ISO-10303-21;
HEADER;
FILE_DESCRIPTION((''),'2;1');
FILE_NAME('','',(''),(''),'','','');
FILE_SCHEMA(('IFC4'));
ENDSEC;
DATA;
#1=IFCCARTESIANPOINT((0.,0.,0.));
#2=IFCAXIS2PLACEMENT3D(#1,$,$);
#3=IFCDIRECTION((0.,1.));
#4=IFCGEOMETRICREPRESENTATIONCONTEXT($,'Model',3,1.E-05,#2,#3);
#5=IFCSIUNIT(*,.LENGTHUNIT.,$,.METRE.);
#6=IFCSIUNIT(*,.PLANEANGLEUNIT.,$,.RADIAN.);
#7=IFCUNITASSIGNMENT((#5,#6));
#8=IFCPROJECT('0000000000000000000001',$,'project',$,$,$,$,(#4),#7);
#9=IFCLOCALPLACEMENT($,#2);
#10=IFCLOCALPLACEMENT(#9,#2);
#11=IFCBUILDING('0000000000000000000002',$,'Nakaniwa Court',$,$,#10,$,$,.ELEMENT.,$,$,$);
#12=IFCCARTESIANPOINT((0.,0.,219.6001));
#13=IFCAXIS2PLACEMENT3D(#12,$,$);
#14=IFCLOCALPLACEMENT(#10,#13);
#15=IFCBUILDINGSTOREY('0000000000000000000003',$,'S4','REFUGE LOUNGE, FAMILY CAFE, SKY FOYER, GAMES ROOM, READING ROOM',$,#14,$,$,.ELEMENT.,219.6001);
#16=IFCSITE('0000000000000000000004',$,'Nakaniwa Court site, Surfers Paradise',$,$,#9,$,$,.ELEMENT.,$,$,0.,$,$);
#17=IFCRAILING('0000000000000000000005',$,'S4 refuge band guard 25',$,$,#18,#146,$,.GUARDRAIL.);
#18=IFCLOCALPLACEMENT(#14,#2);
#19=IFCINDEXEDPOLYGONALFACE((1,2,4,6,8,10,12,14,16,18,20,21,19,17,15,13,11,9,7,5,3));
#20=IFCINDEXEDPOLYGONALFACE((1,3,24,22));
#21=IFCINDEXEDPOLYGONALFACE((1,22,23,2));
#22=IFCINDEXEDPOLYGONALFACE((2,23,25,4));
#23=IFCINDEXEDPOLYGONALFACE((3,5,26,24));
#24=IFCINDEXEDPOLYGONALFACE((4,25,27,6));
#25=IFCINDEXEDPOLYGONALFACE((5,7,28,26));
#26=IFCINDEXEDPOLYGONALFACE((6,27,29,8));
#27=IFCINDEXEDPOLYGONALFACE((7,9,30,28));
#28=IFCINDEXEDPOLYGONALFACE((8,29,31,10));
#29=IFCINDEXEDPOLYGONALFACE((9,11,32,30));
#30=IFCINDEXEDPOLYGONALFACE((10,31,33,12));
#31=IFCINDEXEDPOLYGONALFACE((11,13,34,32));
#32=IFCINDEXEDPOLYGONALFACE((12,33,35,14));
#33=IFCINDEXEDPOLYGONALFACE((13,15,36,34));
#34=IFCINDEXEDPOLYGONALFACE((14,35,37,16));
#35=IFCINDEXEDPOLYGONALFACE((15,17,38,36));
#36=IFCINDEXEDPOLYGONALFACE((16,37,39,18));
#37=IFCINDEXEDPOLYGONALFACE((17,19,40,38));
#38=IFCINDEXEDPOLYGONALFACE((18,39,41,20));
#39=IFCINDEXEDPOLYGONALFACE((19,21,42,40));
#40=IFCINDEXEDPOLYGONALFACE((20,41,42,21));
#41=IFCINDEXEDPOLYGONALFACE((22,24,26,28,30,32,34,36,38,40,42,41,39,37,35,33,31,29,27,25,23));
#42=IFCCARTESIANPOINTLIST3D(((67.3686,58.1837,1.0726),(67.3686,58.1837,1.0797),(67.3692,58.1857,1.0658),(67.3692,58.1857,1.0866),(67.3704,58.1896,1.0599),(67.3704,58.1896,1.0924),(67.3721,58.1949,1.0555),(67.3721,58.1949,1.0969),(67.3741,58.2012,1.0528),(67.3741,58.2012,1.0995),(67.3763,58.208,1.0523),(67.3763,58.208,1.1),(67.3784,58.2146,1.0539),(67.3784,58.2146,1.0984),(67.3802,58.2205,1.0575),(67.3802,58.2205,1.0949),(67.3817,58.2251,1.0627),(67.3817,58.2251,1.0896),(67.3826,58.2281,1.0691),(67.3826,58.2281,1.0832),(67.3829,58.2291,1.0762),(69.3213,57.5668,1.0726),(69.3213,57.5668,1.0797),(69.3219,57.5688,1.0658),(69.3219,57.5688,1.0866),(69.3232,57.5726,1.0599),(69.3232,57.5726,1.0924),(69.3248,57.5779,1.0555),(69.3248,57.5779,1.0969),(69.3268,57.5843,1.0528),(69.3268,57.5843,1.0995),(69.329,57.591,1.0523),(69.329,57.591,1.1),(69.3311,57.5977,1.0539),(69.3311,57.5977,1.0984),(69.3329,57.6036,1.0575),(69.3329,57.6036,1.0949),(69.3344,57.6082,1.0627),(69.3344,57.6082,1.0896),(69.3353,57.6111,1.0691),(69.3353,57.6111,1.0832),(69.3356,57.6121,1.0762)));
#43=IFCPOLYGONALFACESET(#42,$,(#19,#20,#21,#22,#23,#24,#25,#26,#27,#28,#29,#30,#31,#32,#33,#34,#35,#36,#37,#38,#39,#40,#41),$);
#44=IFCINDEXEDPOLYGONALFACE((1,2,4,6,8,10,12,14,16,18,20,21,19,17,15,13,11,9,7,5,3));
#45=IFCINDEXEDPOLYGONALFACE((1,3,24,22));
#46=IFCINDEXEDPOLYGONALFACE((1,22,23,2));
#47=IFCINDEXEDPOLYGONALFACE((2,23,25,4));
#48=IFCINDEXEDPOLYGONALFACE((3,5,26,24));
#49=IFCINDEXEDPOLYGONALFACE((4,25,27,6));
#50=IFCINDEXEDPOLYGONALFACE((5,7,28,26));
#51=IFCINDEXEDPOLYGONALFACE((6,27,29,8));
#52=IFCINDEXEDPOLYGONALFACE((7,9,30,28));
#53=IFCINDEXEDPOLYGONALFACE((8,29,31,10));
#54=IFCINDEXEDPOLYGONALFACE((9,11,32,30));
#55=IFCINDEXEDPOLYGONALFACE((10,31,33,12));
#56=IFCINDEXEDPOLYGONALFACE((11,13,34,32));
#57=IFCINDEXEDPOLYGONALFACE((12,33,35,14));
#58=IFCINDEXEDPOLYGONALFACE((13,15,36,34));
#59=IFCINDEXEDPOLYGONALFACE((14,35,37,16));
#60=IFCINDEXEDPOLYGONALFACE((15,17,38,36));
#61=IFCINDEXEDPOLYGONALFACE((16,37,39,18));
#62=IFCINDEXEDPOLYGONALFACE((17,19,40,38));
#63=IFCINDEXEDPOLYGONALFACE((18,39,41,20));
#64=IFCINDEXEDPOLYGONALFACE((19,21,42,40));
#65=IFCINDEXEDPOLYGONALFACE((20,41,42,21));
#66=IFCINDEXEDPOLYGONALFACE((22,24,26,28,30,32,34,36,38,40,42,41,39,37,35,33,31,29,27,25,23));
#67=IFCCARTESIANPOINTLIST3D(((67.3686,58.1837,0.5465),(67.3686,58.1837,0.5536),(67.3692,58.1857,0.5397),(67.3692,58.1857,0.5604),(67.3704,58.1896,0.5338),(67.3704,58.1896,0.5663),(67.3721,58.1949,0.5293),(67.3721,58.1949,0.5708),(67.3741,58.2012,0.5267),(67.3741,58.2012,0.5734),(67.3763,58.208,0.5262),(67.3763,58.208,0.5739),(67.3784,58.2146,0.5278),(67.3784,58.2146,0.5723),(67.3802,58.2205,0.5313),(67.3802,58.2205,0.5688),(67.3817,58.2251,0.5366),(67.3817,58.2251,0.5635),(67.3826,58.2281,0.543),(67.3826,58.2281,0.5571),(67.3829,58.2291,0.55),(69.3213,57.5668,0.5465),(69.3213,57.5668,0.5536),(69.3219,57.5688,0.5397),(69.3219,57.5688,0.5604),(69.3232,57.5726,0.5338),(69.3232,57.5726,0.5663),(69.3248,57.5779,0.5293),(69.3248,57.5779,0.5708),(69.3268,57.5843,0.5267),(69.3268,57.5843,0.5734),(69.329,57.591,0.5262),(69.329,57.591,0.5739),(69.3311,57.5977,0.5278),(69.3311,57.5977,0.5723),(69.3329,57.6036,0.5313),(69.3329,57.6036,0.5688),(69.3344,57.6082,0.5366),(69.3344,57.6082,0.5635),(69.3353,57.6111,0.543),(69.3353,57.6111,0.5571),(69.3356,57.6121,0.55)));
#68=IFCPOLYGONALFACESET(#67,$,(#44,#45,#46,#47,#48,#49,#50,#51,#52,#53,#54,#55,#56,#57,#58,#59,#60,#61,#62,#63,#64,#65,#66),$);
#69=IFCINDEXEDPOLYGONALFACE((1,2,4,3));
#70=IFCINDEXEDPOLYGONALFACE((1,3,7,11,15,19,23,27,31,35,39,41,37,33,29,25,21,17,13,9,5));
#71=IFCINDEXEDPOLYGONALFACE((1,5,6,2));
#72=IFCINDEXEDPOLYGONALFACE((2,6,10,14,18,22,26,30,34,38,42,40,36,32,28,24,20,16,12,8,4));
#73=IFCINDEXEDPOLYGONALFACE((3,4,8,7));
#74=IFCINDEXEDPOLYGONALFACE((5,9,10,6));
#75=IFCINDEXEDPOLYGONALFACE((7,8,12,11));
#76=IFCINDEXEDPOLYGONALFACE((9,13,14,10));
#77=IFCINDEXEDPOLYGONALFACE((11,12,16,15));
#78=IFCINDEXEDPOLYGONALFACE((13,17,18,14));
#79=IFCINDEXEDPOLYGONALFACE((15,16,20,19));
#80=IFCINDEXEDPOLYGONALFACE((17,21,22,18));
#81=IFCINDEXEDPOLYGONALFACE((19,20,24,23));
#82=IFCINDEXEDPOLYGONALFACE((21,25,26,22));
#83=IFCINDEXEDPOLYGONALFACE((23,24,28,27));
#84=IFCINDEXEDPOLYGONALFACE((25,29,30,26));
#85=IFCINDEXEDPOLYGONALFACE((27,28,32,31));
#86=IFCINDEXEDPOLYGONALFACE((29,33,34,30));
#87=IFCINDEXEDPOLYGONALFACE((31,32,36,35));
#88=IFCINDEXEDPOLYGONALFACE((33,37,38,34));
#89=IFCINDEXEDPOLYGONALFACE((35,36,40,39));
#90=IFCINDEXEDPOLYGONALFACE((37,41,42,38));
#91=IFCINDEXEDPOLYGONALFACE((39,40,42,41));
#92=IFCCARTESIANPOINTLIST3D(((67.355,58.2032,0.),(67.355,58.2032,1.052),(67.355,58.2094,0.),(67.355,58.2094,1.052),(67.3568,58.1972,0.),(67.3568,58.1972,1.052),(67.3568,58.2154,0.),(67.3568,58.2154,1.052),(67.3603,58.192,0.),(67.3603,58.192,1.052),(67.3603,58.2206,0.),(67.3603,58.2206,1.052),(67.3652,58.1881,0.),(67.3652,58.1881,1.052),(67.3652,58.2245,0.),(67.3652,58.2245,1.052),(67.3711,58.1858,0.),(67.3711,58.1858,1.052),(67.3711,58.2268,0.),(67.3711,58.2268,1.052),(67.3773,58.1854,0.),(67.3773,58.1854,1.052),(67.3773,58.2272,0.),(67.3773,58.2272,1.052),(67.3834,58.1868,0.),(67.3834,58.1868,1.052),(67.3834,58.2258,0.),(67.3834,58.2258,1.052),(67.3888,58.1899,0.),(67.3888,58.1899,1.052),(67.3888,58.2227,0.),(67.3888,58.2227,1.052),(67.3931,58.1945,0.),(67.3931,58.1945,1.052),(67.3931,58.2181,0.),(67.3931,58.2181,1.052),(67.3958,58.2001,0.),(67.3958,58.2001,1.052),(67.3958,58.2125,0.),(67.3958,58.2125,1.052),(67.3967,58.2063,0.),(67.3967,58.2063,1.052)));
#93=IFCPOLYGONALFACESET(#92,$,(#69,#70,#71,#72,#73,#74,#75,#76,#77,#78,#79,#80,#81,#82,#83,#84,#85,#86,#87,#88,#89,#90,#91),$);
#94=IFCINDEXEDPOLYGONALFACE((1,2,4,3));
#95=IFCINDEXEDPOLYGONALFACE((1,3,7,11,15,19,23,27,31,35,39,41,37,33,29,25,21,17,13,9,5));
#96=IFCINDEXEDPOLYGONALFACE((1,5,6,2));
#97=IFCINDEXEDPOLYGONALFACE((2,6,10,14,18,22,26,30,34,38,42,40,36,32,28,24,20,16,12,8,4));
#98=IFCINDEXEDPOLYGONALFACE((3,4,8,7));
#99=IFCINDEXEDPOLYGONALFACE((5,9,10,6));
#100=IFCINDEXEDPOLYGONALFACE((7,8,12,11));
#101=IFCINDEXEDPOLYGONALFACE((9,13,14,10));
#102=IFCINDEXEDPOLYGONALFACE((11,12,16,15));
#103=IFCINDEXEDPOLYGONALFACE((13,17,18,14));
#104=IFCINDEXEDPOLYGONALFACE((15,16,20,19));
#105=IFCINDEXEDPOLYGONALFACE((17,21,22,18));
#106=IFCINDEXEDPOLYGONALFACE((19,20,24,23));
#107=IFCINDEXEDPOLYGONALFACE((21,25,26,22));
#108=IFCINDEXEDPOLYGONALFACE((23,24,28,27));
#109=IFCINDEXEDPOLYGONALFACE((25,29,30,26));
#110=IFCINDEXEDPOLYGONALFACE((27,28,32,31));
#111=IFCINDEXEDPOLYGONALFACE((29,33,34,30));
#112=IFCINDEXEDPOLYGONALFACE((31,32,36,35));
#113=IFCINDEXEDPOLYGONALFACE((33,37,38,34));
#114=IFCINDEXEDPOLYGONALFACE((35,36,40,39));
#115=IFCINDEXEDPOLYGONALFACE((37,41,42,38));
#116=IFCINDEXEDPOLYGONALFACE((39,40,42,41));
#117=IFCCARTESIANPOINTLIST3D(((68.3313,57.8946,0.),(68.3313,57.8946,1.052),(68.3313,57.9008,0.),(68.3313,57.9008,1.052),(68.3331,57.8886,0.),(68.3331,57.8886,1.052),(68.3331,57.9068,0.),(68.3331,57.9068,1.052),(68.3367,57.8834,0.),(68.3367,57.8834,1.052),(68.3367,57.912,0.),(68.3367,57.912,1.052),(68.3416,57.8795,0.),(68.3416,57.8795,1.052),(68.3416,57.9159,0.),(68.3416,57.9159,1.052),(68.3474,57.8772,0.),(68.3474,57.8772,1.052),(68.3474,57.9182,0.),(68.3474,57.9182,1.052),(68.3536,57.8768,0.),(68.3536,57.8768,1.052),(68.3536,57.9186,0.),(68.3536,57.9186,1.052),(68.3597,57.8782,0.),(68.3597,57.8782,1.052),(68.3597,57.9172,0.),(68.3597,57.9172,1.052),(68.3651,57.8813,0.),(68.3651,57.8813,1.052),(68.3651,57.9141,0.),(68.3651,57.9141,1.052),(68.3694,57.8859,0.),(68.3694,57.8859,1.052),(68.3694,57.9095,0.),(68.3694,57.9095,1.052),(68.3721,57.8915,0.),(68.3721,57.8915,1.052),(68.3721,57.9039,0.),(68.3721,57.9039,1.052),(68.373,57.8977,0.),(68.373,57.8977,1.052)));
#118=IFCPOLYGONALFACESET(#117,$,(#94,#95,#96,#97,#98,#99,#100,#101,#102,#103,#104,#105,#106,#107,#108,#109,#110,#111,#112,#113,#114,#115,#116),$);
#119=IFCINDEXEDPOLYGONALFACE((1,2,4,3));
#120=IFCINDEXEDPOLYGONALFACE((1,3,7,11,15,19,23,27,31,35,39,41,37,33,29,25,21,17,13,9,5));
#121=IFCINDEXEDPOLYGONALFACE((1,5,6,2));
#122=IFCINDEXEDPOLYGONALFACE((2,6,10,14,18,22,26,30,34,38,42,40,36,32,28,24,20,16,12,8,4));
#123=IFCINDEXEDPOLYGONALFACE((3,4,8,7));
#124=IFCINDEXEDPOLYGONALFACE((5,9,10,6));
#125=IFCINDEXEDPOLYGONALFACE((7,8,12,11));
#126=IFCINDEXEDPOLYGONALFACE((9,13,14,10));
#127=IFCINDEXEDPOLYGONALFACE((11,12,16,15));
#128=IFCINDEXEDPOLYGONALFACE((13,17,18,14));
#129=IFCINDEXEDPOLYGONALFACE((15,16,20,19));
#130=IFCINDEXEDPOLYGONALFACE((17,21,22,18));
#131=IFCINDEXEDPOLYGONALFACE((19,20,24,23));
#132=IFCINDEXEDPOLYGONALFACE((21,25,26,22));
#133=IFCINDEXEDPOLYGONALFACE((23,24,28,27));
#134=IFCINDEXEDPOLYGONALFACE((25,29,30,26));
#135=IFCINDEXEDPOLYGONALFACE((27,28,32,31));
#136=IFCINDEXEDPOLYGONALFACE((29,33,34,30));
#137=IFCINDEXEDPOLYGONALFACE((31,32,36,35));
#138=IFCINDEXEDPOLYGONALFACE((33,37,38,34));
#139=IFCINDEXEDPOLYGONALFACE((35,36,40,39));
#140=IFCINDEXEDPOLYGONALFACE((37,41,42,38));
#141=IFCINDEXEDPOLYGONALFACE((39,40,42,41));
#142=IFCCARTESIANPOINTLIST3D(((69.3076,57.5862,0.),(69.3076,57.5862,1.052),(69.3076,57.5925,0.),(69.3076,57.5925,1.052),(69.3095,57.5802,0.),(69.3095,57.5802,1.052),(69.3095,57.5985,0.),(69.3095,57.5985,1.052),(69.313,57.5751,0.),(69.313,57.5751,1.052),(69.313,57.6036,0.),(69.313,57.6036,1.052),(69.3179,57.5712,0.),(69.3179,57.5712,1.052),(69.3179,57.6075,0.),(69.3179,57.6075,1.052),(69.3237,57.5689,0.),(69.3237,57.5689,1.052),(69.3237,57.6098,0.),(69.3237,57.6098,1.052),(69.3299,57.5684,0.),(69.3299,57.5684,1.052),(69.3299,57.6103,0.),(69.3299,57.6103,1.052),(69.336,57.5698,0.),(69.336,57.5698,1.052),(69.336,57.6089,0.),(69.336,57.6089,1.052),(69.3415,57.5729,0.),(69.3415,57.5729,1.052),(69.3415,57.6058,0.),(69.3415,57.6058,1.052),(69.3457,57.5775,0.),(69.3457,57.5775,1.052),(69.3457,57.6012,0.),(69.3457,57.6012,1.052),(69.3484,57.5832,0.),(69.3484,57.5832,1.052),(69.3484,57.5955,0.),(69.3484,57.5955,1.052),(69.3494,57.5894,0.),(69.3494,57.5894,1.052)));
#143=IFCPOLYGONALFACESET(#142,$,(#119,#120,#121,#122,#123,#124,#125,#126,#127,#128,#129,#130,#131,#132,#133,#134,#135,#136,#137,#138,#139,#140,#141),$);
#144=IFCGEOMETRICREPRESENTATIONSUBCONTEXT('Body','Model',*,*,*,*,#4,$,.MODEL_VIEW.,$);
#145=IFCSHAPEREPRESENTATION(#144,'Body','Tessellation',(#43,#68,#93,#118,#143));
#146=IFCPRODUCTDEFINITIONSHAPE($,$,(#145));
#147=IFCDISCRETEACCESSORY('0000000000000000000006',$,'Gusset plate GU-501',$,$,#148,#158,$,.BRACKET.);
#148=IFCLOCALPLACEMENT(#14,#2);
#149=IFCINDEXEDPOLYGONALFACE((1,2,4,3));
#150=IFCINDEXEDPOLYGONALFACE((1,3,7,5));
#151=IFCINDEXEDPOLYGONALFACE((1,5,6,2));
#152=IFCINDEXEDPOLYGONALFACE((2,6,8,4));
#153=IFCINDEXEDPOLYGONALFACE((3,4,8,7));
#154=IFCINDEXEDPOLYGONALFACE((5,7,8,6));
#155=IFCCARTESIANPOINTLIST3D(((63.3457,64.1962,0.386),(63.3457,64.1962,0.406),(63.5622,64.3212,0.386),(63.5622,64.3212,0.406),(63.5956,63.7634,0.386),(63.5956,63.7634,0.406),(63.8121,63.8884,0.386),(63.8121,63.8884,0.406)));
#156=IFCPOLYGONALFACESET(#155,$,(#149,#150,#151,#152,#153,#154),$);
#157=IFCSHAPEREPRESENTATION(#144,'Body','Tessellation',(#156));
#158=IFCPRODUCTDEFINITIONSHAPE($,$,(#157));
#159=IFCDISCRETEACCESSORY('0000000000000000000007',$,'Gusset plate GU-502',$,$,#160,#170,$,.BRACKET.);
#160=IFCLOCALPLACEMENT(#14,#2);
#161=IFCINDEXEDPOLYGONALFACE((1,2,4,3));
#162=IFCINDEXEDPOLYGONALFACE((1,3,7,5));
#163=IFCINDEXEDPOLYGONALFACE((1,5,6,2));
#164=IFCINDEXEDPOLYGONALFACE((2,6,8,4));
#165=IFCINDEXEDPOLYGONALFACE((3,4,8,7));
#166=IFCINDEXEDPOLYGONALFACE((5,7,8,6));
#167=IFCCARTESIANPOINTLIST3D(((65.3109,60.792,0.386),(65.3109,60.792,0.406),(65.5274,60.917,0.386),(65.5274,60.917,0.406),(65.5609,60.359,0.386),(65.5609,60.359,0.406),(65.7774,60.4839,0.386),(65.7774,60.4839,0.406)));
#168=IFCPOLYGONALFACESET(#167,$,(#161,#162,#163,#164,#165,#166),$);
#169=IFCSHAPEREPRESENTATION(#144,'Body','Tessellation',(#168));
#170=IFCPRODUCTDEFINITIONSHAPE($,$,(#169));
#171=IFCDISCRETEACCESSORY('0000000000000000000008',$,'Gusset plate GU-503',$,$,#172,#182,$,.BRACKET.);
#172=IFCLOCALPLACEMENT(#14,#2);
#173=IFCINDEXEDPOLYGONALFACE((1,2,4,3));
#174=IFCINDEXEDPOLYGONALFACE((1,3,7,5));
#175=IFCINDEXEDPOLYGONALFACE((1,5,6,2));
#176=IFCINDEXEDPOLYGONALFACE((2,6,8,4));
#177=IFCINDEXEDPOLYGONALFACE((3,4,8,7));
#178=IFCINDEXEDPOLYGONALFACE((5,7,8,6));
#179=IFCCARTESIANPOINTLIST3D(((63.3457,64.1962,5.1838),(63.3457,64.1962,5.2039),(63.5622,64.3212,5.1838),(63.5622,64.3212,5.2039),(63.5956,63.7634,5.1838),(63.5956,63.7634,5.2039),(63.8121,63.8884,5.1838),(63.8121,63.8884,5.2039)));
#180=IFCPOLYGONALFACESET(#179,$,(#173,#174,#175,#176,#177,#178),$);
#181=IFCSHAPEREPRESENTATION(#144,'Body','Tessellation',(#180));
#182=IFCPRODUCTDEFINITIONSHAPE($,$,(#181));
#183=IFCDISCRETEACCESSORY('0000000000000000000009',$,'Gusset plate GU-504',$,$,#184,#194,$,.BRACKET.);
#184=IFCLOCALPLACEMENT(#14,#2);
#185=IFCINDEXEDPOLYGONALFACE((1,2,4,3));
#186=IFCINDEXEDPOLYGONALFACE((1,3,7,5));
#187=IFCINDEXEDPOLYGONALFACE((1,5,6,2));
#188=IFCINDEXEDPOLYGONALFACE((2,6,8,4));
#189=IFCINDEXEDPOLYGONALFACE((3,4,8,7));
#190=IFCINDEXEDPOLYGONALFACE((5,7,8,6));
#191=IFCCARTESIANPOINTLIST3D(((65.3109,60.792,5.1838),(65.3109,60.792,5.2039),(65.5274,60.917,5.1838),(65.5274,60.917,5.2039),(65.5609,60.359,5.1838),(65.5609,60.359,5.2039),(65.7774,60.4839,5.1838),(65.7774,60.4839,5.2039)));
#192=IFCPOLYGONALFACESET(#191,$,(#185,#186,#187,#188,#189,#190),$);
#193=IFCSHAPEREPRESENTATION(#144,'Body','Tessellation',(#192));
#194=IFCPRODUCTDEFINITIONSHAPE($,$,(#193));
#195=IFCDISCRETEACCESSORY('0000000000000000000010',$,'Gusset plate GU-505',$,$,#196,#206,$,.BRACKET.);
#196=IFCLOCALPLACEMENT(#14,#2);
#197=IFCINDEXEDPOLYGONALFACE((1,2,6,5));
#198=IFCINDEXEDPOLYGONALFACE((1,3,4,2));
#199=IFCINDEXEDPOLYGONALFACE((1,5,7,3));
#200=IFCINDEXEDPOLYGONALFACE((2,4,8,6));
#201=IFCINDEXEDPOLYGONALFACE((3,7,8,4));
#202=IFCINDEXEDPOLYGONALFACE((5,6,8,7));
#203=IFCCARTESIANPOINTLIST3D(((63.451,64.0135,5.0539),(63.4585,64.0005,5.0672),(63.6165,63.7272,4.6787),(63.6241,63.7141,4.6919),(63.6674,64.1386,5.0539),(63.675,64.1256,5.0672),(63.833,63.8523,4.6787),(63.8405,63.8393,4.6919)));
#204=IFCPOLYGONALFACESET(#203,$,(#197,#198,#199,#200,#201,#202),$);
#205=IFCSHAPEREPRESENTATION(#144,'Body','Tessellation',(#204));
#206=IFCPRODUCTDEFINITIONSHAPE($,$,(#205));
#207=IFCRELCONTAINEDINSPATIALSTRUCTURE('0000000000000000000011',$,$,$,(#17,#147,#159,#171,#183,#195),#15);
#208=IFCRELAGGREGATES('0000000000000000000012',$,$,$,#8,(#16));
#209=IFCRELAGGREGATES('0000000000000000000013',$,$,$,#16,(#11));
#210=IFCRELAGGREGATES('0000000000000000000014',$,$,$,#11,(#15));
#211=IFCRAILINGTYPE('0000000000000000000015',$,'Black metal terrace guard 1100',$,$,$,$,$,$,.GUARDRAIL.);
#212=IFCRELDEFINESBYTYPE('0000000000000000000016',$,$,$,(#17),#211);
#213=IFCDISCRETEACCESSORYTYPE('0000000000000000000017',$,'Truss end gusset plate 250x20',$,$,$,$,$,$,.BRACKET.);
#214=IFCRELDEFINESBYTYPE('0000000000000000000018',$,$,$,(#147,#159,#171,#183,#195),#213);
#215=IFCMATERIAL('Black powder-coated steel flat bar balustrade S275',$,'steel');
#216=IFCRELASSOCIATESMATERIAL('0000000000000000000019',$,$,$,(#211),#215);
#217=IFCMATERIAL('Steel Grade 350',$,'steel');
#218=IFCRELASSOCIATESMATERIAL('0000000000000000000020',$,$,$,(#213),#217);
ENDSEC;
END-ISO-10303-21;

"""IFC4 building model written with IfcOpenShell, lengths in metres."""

from ifc_helpers import new_model, si_unit, direction, frame, origin, origin_2d, place, context, subcontext, project, spatial, rectangle, circle, extrude, material, material_profile, profile_set, type_object, element, save


model = new_model("IFC4")

# Units and contexts
model_context = context("Model", 3, precision=1e-05, world=origin(), true_north=direction((0.0, 1.0)))
body_context = subcontext(model_context, "Body", "Model", "MODEL_VIEW")
ifc_project = project(units=[si_unit("LENGTHUNIT", "METRE"), si_unit("PLANEANGLEUNIT", "RADIAN")], contexts=[model_context])

# Site, building, storey
site_placement = place(None, origin())
site = spatial("IfcSite", under=ifc_project, at=site_placement, Name="Nakaniwa Court site, Surfers Paradise", CompositionType="ELEMENT", RefElevation=0.0)
building_placement = place(site_placement, origin())
building = spatial("IfcBuilding", under=site, at=building_placement, Name="Nakaniwa Court", CompositionType="ELEMENT")
storey_placement = place(building_placement, frame((0.0, 0.0, 219.6001)))
storey = spatial("IfcBuildingStorey", under=building, at=storey_placement, Name="S4", Description="REFUGE LOUNGE, FAMILY CAFE, SKY FOYER, GAMES ROOM, READING ROOM", CompositionType="ELEMENT", Elevation=219.6001)

# Shared definitions
ifc_material_1 = material(Name="Steel Grade 350", Category="steel")

# Railing
ifc_material_2 = material(Name="Black powder-coated steel flat bar balustrade S275", Category="steel")
railing_type = type_object("IfcRailingType", Name="Black metal terrace guard 1100", PredefinedType="GUARDRAIL", material=ifc_material_2)
railing_1_placement = place(storey_placement, frame((67.3757, 58.2063, 0.0)))
element("IfcRailing", 1, at=railing_1_placement, inside=storey, type_object=railing_type, Name="S4 refuge band guard 25", PredefinedType="GUARDRAIL", context=body_context, shape_type="SweptSolid", body=[
    extrude(circle(Radius=0.0239, at=origin_2d()), frame((0.0, 0.0, 1.0762), z_axis=(0.953538, -0.301274, 0.0), x_axis=(0.301274, 0.953538, 0.0)), (0.0, 0.0, 1.0), 2.0479),
    extrude(circle(Radius=0.0239, at=origin_2d()), frame((0.0, 0.0, 0.55), z_axis=(0.953538, -0.301274, 0.0), x_axis=(0.301274, 0.953538, 0.0)), (0.0, 0.0, 1.0), 2.0479),
    extrude(circle(Radius=0.021, at=origin_2d()), origin(), (0.0, 0.0, 1.0), 1.052),
    extrude(circle(Radius=0.021, at=origin_2d()), frame((0.9763, -0.3086, 0.0)), (0.0, 0.0, 1.0), 1.052),
    extrude(circle(Radius=0.021, at=origin_2d()), frame((1.9526, -0.6169, 0.0)), (0.0, 0.0, 1.0), 1.052),
])

# Discrete accessories
ifc_material_profile_1 = material_profile(ifc_material_1, rectangle(XDim=0.25, YDim=0.02, at=origin_2d()), Name="Truss end gusset plate 250x20")
ifc_profile_set_1 = profile_set([ifc_material_profile_1], Name="Steel Grade 350")
discrete_accessory_type = type_object("IfcDiscreteAccessoryType", Name="Truss end gusset plate 250x20", PredefinedType="BRACKET", material=ifc_profile_set_1)
discrete_accessory_1_placement = place(storey_placement, frame((63.7039, 63.8259, 0.396), z_axis=(-0.500131, 0.86595, 0.0), x_axis=(-0.86595, -0.500131, 0.0)))
element("IfcDiscreteAccessory", 2, at=discrete_accessory_1_placement, inside=storey, type_object=discrete_accessory_type, Name="Gusset plate GU-501", PredefinedType="BRACKET", context=body_context, shape_type="SweptSolid", body=[
    extrude(rectangle(XDim=0.25, YDim=0.02, at=origin_2d()), origin(), (0.0, 0.0, 1.0), 0.4998),
])
discrete_accessory_2_placement = place(storey_placement, frame((65.4192, 60.8545, 0.396), z_axis=(0.49992, -0.866072, 0.0), x_axis=(0.866072, 0.49992, 0.0)))
element("IfcDiscreteAccessory", 3, at=discrete_accessory_2_placement, inside=storey, type_object=discrete_accessory_type, Name="Gusset plate GU-502", PredefinedType="BRACKET", context=body_context, shape_type="SweptSolid", body=[
    extrude(rectangle(XDim=0.25, YDim=0.02, at=origin_2d()), origin(), (0.0, 0.0, 1.0), 0.5),
])
discrete_accessory_3_placement = place(storey_placement, frame((63.7039, 63.8259, 5.1938), z_axis=(-0.500131, 0.86595, 0.0), x_axis=(-0.86595, -0.500131, 0.0)))
element("IfcDiscreteAccessory", 4, at=discrete_accessory_3_placement, inside=storey, type_object=discrete_accessory_type, Name="Gusset plate GU-503", PredefinedType="BRACKET", context=body_context, shape_type="SweptSolid", body=[
    extrude(rectangle(XDim=0.25, YDim=0.02, at=origin_2d()), origin(), (0.0, 0.0, 1.0), 0.4998),
])
discrete_accessory_4_placement = place(storey_placement, frame((65.4192, 60.8545, 5.1938), z_axis=(0.49992, -0.866072, 0.0), x_axis=(0.866072, 0.49992, 0.0)))
element("IfcDiscreteAccessory", 5, at=discrete_accessory_4_placement, inside=storey, type_object=discrete_accessory_type, Name="Gusset plate GU-504", PredefinedType="BRACKET", context=body_context, shape_type="SweptSolid", body=[
    extrude(rectangle(XDim=0.25, YDim=0.02, at=origin_2d()), origin(), (0.0, 0.0, 1.0), 0.5),
])
discrete_accessory_5_placement = place(storey_placement, frame((63.7285, 63.7832, 4.6853), z_axis=(-0.33091, 0.572503, 0.750159), x_axis=(-0.86578, -0.500425, 0.0)))
element("IfcDiscreteAccessory", 6, at=discrete_accessory_5_placement, inside=storey, type_object=discrete_accessory_type, Name="Gusset plate GU-505", PredefinedType="BRACKET", context=body_context, shape_type="SweptSolid", body=[
    extrude(rectangle(XDim=0.25, YDim=0.02, at=origin_2d()), origin(), (0.0, 0.0, 1.0), 0.5002),
])

save(model, "model.ifc")
